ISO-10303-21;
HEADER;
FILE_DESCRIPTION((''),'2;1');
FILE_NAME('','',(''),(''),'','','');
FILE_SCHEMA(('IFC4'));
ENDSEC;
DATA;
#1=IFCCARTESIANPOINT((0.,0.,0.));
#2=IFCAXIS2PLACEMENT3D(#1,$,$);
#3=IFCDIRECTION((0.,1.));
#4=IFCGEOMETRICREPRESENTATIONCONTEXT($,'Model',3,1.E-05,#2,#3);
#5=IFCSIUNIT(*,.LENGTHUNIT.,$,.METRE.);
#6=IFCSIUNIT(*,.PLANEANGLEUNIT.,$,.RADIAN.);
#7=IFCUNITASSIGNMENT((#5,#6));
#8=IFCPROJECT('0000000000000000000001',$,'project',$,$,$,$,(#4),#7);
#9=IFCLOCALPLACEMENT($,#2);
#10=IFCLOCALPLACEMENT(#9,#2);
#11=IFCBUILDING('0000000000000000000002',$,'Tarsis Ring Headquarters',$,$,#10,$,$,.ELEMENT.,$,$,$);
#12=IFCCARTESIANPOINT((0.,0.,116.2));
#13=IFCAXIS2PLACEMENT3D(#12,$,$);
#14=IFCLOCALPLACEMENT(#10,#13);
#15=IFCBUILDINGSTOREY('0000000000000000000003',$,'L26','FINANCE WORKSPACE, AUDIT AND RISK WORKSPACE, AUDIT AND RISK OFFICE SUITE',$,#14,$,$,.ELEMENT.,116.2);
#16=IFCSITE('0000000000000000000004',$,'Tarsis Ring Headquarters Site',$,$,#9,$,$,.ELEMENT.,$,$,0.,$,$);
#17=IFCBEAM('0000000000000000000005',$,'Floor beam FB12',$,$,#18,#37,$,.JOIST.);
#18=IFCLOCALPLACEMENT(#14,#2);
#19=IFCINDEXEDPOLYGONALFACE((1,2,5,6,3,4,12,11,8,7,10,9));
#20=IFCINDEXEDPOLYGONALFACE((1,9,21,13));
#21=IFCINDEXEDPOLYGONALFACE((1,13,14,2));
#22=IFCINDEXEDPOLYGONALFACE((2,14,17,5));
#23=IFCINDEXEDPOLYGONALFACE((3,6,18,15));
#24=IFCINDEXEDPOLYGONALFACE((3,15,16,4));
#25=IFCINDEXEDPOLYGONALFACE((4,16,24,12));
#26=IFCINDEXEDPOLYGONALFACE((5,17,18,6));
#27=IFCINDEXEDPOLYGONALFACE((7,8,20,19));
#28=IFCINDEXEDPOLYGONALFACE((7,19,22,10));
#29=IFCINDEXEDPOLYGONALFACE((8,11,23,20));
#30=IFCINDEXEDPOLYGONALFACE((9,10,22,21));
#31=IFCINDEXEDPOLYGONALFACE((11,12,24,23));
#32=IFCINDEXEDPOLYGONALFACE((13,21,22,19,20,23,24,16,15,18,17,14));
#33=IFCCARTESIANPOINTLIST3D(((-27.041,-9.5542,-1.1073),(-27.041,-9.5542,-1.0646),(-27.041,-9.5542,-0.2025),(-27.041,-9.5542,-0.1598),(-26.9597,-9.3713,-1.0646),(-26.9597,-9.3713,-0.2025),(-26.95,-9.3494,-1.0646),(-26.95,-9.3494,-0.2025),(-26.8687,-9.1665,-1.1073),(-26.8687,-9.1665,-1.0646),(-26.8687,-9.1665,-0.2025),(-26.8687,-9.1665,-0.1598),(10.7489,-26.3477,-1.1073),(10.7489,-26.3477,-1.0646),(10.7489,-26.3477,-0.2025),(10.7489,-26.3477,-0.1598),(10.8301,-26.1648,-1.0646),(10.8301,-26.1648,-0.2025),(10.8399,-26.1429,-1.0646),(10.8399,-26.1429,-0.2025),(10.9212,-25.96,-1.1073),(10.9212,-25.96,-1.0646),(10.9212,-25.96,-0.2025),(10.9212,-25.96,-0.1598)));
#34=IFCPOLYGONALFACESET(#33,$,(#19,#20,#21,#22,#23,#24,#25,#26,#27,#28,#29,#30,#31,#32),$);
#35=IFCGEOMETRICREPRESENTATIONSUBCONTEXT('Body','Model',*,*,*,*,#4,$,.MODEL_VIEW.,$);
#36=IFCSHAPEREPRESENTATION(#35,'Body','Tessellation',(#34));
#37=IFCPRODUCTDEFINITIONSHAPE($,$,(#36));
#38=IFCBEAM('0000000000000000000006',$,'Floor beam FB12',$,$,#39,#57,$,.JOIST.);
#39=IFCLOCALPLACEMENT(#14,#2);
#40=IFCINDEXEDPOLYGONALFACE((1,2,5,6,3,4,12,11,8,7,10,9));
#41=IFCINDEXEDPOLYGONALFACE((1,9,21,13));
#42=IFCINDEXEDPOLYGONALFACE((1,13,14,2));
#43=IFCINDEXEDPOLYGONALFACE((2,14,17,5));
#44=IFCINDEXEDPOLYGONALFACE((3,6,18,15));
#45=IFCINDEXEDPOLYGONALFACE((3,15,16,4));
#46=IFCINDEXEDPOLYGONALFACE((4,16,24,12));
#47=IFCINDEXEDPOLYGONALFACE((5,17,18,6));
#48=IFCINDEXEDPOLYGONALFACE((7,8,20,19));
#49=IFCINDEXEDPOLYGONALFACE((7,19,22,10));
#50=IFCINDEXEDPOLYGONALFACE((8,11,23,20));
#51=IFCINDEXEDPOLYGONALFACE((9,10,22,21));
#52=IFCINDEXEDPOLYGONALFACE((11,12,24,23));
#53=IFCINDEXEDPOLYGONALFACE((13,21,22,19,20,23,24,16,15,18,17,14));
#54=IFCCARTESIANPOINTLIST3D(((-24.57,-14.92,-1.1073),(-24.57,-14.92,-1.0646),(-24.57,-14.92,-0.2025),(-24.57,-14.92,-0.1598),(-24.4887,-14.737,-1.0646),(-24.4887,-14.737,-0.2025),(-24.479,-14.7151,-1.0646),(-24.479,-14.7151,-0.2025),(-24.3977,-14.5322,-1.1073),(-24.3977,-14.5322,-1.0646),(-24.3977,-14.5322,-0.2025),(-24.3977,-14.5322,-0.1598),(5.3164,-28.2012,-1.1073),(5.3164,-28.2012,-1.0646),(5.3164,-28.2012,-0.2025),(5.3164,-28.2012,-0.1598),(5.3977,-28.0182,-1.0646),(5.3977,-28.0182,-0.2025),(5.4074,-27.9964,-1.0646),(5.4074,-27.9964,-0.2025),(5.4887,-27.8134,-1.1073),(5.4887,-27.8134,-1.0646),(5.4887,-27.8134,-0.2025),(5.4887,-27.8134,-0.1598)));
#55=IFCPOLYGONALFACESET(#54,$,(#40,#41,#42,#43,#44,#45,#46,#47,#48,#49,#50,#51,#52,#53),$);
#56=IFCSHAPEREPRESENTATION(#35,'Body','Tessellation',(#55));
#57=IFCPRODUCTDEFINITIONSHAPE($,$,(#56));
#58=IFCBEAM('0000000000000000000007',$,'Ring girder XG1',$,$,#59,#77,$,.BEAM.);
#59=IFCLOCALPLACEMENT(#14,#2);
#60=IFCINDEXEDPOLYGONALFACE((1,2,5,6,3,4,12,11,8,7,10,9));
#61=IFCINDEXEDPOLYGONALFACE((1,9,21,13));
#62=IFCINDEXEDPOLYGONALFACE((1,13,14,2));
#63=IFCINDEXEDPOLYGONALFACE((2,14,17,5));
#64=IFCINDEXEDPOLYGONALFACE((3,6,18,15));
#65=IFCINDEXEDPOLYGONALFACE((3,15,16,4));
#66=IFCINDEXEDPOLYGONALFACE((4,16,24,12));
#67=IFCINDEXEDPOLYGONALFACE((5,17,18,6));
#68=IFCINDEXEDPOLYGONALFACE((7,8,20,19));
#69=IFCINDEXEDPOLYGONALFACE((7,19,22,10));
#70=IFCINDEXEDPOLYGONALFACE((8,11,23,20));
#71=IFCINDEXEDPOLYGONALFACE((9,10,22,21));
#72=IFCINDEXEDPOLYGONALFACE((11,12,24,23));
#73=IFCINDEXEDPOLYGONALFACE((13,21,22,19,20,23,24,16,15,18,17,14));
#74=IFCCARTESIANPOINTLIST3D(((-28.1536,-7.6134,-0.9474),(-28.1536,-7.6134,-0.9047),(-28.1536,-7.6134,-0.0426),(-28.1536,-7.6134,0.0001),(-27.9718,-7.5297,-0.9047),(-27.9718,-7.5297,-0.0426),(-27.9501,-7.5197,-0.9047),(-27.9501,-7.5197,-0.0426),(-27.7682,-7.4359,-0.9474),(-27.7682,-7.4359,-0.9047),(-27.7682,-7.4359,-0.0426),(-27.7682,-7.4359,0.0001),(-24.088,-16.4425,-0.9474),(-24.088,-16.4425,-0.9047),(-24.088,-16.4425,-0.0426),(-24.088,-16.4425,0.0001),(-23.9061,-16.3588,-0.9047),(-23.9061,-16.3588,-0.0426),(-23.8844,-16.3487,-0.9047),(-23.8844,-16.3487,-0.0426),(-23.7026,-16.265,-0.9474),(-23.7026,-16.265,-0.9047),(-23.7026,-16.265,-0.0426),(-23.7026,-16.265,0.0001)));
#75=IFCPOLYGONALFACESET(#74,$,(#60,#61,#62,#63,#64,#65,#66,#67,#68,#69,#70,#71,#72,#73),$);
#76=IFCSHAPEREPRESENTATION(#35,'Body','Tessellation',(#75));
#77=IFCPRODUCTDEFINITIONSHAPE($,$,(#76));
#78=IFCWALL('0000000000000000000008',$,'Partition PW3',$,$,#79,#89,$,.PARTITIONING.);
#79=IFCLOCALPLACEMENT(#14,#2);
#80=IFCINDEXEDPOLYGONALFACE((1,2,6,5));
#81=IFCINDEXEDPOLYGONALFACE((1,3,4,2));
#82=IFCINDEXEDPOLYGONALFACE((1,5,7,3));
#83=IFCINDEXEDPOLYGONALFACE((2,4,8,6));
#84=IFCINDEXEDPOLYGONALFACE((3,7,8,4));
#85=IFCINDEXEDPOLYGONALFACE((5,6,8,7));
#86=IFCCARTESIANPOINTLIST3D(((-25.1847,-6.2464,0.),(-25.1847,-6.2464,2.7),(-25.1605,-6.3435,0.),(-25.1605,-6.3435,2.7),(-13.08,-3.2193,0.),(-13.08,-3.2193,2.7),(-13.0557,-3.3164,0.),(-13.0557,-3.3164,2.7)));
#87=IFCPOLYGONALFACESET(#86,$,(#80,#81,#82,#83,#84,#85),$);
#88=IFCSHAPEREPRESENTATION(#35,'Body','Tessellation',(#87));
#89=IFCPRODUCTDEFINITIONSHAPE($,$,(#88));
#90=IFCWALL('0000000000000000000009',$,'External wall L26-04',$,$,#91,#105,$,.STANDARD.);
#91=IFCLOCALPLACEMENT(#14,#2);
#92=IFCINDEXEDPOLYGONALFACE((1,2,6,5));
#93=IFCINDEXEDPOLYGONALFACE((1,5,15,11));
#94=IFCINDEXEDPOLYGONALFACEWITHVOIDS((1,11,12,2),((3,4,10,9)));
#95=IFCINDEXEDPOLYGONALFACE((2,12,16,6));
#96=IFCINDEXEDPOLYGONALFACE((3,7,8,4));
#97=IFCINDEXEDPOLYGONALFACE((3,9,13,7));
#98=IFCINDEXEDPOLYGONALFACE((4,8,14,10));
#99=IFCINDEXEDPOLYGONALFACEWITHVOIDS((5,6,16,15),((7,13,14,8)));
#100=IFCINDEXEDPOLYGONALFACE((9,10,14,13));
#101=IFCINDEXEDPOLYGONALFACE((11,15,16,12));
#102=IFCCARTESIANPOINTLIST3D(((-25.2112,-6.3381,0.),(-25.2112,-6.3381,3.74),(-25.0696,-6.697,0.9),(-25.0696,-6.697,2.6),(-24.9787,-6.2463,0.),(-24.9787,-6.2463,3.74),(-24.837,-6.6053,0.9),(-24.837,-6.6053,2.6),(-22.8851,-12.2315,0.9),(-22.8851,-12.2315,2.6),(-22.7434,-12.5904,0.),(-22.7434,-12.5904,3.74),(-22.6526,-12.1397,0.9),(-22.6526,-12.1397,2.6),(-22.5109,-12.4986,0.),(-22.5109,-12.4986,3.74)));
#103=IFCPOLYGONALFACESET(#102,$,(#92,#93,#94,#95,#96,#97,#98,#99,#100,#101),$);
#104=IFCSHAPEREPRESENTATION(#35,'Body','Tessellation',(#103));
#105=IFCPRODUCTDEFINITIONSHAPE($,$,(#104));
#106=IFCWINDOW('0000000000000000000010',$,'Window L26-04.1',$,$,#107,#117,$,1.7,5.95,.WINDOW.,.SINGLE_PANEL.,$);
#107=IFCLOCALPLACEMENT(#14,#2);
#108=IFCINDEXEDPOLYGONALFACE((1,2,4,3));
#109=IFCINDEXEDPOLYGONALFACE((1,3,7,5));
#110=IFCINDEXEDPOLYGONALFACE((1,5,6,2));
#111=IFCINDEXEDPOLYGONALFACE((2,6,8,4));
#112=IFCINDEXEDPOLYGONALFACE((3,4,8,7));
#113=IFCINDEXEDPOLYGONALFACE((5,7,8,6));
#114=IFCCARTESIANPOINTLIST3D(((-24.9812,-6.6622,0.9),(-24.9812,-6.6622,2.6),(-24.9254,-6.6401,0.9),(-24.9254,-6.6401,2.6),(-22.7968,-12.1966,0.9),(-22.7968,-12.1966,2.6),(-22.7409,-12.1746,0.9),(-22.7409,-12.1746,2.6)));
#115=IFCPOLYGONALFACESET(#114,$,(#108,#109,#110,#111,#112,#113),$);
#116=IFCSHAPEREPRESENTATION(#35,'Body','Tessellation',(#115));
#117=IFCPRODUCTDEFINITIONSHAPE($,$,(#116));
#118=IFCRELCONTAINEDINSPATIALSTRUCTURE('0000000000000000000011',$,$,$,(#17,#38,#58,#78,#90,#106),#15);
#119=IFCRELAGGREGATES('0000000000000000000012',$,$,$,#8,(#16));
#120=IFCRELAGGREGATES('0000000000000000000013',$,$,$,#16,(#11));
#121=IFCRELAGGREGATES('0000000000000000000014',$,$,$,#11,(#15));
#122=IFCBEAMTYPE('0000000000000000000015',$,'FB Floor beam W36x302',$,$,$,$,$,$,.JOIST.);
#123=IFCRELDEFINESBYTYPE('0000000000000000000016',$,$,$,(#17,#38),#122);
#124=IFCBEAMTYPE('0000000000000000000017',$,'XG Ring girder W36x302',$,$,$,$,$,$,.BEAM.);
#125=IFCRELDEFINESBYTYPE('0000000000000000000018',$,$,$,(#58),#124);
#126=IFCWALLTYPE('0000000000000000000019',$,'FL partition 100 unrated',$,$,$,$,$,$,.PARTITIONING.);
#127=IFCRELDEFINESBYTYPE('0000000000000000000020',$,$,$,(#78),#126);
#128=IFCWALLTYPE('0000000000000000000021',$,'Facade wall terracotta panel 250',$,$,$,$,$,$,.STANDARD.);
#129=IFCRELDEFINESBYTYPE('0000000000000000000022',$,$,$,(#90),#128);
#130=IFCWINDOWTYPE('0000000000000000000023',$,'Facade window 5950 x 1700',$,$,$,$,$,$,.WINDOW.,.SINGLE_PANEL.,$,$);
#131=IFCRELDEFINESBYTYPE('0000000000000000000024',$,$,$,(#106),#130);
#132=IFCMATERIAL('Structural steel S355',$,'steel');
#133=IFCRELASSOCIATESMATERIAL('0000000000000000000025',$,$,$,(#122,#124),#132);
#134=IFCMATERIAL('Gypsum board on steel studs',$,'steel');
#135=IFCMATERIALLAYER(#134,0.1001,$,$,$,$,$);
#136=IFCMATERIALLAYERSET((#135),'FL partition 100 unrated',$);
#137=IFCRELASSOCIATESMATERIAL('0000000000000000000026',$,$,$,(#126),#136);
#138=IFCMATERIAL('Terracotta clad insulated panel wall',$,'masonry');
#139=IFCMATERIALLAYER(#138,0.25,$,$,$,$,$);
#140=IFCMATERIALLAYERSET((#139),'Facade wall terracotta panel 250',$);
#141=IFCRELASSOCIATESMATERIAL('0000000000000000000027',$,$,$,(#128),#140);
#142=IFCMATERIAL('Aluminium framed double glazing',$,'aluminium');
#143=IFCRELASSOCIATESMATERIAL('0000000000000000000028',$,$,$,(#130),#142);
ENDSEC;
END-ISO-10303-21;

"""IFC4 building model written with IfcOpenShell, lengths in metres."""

from ifc_helpers import new_model, si_unit, direction, frame, frame_2d, origin, origin_2d, place, context, subcontext, project, spatial, rectangle, i_section, extrude, material, layer, layer_set, material_profile, profile_set, type_object, element, fill, save


model = new_model("IFC4")

# Units and contexts
model_context = context("Model", 3, precision=1e-05, world=origin(), true_north=direction((0.0, 1.0)))
body_context = subcontext(model_context, "Body", "Model", "MODEL_VIEW")
ifc_project = project(units=[si_unit("LENGTHUNIT", "METRE"), si_unit("PLANEANGLEUNIT", "RADIAN")], contexts=[model_context])

# Site, building, storey
site_placement = place(None, origin())
site = spatial("IfcSite", under=ifc_project, at=site_placement, Name="Tarsis Ring Headquarters Site", CompositionType="ELEMENT", RefElevation=0.0)
building_placement = place(site_placement, origin())
building = spatial("IfcBuilding", under=site, at=building_placement, Name="Tarsis Ring Headquarters", CompositionType="ELEMENT")
storey_placement = place(building_placement, frame((0.0, 0.0, 116.2)))
storey = spatial("IfcBuildingStorey", under=building, at=storey_placement, Name="L26", Description="FINANCE WORKSPACE, AUDIT AND RISK WORKSPACE, AUDIT AND RISK OFFICE SUITE", CompositionType="ELEMENT", Elevation=116.2)

# Shared definitions
ifc_material_1 = material(Name="Structural steel S355", Category="steel")

# Beams
ifc_material_profile_1 = material_profile(ifc_material_1, i_section(OverallWidth=0.4243, OverallDepth=0.9475, WebThickness=0.0239, FlangeThickness=0.0427, at=origin_2d()), Name="W36x302")
ifc_profile_set_1 = profile_set([ifc_material_profile_1], Name="Structural steel S355")
beam_type_1 = type_object("IfcBeamType", Name="FB Floor beam W36x302", PredefinedType="JOIST", material=ifc_profile_set_1)
beam_1_placement = place(storey_placement, frame((-26.9548, -9.3604, -0.6335), z_axis=(0.91383, -0.406098, 0.0), x_axis=(0.406098, 0.91383, 0.0)))
element("IfcBeam", 1, at=beam_1_placement, inside=storey, type_object=beam_type_1, Name="Floor beam FB12", PredefinedType="JOIST", context=body_context, shape_type="SweptSolid", body=[
    extrude(i_section(OverallWidth=0.4243, OverallDepth=0.9475, WebThickness=0.0239, FlangeThickness=0.0427, at=origin_2d()), origin(), (0.0, 0.0, 1.0), 41.3533),
])
beam_2_placement = place(storey_placement, frame((-24.4839, -14.7261, -0.6335), z_axis=(0.91383, -0.406097, 0.0), x_axis=(0.406097, 0.91383, 0.0)))
element("IfcBeam", 2, at=beam_2_placement, inside=storey, type_object=beam_type_1, Name="Floor beam FB12", PredefinedType="JOIST", context=body_context, shape_type="SweptSolid", body=[
    extrude(i_section(OverallWidth=0.4243, OverallDepth=0.9475, WebThickness=0.0239, FlangeThickness=0.0427, at=origin_2d()), origin(), (0.0, 0.0, 1.0), 32.7046),
])
beam_type_2 = type_object("IfcBeamType", Name="XG Ring girder W36x302", PredefinedType="BEAM", material=ifc_profile_set_1)
beam_3_placement = place(storey_placement, frame((-27.9609, -7.5247, -0.4736), z_axis=(0.41827, -0.908323, 0.0), x_axis=(0.908323, 0.41827, 0.0)))
element("IfcBeam", 3, at=beam_3_placement, inside=storey, type_object=beam_type_2, Name="Ring girder XG1", PredefinedType="BEAM", context=body_context, shape_type="SweptSolid", body=[
    extrude(i_section(OverallWidth=0.4243, OverallDepth=0.9475, WebThickness=0.0239, FlangeThickness=0.0427, at=origin_2d()), origin(), (0.0, 0.0, 1.0), 9.7202),
])

# Wall
ifc_material_2 = material(Name="Gypsum board on steel studs", Category="steel")
ifc_layer_1 = layer(ifc_material_2, 0.1001)
ifc_layer_set_1 = layer_set([ifc_layer_1], Name="FL partition 100 unrated")
wall_type_1 = type_object("IfcWallType", Name="FL partition 100 unrated", PredefinedType="PARTITIONING", material=ifc_layer_set_1)
wall_1_placement = place(storey_placement, frame((-25.1726, -6.2949, 0.0), z_axis=(0.0, 0.0, 1.0), x_axis=(0.970125, 0.242605, 0.0)))
element("IfcWall", 4, at=wall_1_placement, inside=storey, type_object=wall_type_1, Name="Partition PW3", PredefinedType="PARTITIONING", context=body_context, shape_type="SweptSolid", body=[
    extrude(rectangle(XDim=12.4775, YDim=0.1001, at=frame_2d((6.2388, 0.0))), origin(), (0.0, 0.0, 1.0), 2.7),
])

# Wall, opening, window
ifc_material_3 = material(Name="Terracotta clad insulated panel wall", Category="masonry")
ifc_layer_2 = layer(ifc_material_3, 0.25)
ifc_layer_set_2 = layer_set([ifc_layer_2], Name="Facade wall terracotta panel 250")
wall_type_2 = type_object("IfcWallType", Name="Facade wall terracotta panel 250", PredefinedType="STANDARD", material=ifc_layer_set_2)
wall_2_placement = place(storey_placement, frame((-25.095, -6.2922, 0.0), z_axis=(0.0, 0.0, 1.0), x_axis=(0.367141, -0.930165, 0.0)))
wall_2 = element("IfcWall", 5, at=wall_2_placement, inside=storey, type_object=wall_type_2, Name="External wall L26-04", PredefinedType="STANDARD", context=body_context, shape_type="SweptSolid", body=[
    extrude(rectangle(XDim=6.7217, YDim=0.25, at=frame_2d((3.3608, 0.0))), origin(), (0.0, 0.0, 1.0), 3.74),
])
opening_placement = place(wall_2_placement, frame((0.3857, 0.0, 0.8999)))
opening = element("IfcOpeningElement", 6, at=opening_placement, cuts=wall_2, PredefinedType="OPENING", context=body_context, shape_type="SweptSolid", body=[
    extrude(rectangle(XDim=5.95, YDim=1.7, at=frame_2d((2.9751, 0.8501))), frame((0.0, 0.135, 0.0), z_axis=(0.0, -1.0, 0.0), x_axis=(1.0, 0.0, 0.0)), (0.0, 0.0, 1.0), 0.27),
])
ifc_material_4 = material(Name="Aluminium framed double glazing", Category="aluminium")
window_type = type_object("IfcWindowType", Name="Facade window 5950 x 1700", PartitioningType="SINGLE_PANEL", PredefinedType="WINDOW", material=ifc_material_4)
window_placement = place(opening_placement, origin())
window = element("IfcWindow", 7, at=window_placement, inside=storey, type_object=window_type, Name="Window L26-04.1", OverallHeight=1.7, OverallWidth=5.95, PartitioningType="SINGLE_PANEL", PredefinedType="WINDOW", context=body_context, shape_type="SweptSolid", body=[
    extrude(rectangle(XDim=5.95, YDim=1.7, at=frame_2d((2.9751, 0.8501))), frame((0.0, 0.03, 0.0), z_axis=(0.0, -1.0, 0.0), x_axis=(1.0, 0.0, 0.0)), (0.0, 0.0, 1.0), 0.0601),
])
fill(opening, window)

save(model, "model.ifc")
